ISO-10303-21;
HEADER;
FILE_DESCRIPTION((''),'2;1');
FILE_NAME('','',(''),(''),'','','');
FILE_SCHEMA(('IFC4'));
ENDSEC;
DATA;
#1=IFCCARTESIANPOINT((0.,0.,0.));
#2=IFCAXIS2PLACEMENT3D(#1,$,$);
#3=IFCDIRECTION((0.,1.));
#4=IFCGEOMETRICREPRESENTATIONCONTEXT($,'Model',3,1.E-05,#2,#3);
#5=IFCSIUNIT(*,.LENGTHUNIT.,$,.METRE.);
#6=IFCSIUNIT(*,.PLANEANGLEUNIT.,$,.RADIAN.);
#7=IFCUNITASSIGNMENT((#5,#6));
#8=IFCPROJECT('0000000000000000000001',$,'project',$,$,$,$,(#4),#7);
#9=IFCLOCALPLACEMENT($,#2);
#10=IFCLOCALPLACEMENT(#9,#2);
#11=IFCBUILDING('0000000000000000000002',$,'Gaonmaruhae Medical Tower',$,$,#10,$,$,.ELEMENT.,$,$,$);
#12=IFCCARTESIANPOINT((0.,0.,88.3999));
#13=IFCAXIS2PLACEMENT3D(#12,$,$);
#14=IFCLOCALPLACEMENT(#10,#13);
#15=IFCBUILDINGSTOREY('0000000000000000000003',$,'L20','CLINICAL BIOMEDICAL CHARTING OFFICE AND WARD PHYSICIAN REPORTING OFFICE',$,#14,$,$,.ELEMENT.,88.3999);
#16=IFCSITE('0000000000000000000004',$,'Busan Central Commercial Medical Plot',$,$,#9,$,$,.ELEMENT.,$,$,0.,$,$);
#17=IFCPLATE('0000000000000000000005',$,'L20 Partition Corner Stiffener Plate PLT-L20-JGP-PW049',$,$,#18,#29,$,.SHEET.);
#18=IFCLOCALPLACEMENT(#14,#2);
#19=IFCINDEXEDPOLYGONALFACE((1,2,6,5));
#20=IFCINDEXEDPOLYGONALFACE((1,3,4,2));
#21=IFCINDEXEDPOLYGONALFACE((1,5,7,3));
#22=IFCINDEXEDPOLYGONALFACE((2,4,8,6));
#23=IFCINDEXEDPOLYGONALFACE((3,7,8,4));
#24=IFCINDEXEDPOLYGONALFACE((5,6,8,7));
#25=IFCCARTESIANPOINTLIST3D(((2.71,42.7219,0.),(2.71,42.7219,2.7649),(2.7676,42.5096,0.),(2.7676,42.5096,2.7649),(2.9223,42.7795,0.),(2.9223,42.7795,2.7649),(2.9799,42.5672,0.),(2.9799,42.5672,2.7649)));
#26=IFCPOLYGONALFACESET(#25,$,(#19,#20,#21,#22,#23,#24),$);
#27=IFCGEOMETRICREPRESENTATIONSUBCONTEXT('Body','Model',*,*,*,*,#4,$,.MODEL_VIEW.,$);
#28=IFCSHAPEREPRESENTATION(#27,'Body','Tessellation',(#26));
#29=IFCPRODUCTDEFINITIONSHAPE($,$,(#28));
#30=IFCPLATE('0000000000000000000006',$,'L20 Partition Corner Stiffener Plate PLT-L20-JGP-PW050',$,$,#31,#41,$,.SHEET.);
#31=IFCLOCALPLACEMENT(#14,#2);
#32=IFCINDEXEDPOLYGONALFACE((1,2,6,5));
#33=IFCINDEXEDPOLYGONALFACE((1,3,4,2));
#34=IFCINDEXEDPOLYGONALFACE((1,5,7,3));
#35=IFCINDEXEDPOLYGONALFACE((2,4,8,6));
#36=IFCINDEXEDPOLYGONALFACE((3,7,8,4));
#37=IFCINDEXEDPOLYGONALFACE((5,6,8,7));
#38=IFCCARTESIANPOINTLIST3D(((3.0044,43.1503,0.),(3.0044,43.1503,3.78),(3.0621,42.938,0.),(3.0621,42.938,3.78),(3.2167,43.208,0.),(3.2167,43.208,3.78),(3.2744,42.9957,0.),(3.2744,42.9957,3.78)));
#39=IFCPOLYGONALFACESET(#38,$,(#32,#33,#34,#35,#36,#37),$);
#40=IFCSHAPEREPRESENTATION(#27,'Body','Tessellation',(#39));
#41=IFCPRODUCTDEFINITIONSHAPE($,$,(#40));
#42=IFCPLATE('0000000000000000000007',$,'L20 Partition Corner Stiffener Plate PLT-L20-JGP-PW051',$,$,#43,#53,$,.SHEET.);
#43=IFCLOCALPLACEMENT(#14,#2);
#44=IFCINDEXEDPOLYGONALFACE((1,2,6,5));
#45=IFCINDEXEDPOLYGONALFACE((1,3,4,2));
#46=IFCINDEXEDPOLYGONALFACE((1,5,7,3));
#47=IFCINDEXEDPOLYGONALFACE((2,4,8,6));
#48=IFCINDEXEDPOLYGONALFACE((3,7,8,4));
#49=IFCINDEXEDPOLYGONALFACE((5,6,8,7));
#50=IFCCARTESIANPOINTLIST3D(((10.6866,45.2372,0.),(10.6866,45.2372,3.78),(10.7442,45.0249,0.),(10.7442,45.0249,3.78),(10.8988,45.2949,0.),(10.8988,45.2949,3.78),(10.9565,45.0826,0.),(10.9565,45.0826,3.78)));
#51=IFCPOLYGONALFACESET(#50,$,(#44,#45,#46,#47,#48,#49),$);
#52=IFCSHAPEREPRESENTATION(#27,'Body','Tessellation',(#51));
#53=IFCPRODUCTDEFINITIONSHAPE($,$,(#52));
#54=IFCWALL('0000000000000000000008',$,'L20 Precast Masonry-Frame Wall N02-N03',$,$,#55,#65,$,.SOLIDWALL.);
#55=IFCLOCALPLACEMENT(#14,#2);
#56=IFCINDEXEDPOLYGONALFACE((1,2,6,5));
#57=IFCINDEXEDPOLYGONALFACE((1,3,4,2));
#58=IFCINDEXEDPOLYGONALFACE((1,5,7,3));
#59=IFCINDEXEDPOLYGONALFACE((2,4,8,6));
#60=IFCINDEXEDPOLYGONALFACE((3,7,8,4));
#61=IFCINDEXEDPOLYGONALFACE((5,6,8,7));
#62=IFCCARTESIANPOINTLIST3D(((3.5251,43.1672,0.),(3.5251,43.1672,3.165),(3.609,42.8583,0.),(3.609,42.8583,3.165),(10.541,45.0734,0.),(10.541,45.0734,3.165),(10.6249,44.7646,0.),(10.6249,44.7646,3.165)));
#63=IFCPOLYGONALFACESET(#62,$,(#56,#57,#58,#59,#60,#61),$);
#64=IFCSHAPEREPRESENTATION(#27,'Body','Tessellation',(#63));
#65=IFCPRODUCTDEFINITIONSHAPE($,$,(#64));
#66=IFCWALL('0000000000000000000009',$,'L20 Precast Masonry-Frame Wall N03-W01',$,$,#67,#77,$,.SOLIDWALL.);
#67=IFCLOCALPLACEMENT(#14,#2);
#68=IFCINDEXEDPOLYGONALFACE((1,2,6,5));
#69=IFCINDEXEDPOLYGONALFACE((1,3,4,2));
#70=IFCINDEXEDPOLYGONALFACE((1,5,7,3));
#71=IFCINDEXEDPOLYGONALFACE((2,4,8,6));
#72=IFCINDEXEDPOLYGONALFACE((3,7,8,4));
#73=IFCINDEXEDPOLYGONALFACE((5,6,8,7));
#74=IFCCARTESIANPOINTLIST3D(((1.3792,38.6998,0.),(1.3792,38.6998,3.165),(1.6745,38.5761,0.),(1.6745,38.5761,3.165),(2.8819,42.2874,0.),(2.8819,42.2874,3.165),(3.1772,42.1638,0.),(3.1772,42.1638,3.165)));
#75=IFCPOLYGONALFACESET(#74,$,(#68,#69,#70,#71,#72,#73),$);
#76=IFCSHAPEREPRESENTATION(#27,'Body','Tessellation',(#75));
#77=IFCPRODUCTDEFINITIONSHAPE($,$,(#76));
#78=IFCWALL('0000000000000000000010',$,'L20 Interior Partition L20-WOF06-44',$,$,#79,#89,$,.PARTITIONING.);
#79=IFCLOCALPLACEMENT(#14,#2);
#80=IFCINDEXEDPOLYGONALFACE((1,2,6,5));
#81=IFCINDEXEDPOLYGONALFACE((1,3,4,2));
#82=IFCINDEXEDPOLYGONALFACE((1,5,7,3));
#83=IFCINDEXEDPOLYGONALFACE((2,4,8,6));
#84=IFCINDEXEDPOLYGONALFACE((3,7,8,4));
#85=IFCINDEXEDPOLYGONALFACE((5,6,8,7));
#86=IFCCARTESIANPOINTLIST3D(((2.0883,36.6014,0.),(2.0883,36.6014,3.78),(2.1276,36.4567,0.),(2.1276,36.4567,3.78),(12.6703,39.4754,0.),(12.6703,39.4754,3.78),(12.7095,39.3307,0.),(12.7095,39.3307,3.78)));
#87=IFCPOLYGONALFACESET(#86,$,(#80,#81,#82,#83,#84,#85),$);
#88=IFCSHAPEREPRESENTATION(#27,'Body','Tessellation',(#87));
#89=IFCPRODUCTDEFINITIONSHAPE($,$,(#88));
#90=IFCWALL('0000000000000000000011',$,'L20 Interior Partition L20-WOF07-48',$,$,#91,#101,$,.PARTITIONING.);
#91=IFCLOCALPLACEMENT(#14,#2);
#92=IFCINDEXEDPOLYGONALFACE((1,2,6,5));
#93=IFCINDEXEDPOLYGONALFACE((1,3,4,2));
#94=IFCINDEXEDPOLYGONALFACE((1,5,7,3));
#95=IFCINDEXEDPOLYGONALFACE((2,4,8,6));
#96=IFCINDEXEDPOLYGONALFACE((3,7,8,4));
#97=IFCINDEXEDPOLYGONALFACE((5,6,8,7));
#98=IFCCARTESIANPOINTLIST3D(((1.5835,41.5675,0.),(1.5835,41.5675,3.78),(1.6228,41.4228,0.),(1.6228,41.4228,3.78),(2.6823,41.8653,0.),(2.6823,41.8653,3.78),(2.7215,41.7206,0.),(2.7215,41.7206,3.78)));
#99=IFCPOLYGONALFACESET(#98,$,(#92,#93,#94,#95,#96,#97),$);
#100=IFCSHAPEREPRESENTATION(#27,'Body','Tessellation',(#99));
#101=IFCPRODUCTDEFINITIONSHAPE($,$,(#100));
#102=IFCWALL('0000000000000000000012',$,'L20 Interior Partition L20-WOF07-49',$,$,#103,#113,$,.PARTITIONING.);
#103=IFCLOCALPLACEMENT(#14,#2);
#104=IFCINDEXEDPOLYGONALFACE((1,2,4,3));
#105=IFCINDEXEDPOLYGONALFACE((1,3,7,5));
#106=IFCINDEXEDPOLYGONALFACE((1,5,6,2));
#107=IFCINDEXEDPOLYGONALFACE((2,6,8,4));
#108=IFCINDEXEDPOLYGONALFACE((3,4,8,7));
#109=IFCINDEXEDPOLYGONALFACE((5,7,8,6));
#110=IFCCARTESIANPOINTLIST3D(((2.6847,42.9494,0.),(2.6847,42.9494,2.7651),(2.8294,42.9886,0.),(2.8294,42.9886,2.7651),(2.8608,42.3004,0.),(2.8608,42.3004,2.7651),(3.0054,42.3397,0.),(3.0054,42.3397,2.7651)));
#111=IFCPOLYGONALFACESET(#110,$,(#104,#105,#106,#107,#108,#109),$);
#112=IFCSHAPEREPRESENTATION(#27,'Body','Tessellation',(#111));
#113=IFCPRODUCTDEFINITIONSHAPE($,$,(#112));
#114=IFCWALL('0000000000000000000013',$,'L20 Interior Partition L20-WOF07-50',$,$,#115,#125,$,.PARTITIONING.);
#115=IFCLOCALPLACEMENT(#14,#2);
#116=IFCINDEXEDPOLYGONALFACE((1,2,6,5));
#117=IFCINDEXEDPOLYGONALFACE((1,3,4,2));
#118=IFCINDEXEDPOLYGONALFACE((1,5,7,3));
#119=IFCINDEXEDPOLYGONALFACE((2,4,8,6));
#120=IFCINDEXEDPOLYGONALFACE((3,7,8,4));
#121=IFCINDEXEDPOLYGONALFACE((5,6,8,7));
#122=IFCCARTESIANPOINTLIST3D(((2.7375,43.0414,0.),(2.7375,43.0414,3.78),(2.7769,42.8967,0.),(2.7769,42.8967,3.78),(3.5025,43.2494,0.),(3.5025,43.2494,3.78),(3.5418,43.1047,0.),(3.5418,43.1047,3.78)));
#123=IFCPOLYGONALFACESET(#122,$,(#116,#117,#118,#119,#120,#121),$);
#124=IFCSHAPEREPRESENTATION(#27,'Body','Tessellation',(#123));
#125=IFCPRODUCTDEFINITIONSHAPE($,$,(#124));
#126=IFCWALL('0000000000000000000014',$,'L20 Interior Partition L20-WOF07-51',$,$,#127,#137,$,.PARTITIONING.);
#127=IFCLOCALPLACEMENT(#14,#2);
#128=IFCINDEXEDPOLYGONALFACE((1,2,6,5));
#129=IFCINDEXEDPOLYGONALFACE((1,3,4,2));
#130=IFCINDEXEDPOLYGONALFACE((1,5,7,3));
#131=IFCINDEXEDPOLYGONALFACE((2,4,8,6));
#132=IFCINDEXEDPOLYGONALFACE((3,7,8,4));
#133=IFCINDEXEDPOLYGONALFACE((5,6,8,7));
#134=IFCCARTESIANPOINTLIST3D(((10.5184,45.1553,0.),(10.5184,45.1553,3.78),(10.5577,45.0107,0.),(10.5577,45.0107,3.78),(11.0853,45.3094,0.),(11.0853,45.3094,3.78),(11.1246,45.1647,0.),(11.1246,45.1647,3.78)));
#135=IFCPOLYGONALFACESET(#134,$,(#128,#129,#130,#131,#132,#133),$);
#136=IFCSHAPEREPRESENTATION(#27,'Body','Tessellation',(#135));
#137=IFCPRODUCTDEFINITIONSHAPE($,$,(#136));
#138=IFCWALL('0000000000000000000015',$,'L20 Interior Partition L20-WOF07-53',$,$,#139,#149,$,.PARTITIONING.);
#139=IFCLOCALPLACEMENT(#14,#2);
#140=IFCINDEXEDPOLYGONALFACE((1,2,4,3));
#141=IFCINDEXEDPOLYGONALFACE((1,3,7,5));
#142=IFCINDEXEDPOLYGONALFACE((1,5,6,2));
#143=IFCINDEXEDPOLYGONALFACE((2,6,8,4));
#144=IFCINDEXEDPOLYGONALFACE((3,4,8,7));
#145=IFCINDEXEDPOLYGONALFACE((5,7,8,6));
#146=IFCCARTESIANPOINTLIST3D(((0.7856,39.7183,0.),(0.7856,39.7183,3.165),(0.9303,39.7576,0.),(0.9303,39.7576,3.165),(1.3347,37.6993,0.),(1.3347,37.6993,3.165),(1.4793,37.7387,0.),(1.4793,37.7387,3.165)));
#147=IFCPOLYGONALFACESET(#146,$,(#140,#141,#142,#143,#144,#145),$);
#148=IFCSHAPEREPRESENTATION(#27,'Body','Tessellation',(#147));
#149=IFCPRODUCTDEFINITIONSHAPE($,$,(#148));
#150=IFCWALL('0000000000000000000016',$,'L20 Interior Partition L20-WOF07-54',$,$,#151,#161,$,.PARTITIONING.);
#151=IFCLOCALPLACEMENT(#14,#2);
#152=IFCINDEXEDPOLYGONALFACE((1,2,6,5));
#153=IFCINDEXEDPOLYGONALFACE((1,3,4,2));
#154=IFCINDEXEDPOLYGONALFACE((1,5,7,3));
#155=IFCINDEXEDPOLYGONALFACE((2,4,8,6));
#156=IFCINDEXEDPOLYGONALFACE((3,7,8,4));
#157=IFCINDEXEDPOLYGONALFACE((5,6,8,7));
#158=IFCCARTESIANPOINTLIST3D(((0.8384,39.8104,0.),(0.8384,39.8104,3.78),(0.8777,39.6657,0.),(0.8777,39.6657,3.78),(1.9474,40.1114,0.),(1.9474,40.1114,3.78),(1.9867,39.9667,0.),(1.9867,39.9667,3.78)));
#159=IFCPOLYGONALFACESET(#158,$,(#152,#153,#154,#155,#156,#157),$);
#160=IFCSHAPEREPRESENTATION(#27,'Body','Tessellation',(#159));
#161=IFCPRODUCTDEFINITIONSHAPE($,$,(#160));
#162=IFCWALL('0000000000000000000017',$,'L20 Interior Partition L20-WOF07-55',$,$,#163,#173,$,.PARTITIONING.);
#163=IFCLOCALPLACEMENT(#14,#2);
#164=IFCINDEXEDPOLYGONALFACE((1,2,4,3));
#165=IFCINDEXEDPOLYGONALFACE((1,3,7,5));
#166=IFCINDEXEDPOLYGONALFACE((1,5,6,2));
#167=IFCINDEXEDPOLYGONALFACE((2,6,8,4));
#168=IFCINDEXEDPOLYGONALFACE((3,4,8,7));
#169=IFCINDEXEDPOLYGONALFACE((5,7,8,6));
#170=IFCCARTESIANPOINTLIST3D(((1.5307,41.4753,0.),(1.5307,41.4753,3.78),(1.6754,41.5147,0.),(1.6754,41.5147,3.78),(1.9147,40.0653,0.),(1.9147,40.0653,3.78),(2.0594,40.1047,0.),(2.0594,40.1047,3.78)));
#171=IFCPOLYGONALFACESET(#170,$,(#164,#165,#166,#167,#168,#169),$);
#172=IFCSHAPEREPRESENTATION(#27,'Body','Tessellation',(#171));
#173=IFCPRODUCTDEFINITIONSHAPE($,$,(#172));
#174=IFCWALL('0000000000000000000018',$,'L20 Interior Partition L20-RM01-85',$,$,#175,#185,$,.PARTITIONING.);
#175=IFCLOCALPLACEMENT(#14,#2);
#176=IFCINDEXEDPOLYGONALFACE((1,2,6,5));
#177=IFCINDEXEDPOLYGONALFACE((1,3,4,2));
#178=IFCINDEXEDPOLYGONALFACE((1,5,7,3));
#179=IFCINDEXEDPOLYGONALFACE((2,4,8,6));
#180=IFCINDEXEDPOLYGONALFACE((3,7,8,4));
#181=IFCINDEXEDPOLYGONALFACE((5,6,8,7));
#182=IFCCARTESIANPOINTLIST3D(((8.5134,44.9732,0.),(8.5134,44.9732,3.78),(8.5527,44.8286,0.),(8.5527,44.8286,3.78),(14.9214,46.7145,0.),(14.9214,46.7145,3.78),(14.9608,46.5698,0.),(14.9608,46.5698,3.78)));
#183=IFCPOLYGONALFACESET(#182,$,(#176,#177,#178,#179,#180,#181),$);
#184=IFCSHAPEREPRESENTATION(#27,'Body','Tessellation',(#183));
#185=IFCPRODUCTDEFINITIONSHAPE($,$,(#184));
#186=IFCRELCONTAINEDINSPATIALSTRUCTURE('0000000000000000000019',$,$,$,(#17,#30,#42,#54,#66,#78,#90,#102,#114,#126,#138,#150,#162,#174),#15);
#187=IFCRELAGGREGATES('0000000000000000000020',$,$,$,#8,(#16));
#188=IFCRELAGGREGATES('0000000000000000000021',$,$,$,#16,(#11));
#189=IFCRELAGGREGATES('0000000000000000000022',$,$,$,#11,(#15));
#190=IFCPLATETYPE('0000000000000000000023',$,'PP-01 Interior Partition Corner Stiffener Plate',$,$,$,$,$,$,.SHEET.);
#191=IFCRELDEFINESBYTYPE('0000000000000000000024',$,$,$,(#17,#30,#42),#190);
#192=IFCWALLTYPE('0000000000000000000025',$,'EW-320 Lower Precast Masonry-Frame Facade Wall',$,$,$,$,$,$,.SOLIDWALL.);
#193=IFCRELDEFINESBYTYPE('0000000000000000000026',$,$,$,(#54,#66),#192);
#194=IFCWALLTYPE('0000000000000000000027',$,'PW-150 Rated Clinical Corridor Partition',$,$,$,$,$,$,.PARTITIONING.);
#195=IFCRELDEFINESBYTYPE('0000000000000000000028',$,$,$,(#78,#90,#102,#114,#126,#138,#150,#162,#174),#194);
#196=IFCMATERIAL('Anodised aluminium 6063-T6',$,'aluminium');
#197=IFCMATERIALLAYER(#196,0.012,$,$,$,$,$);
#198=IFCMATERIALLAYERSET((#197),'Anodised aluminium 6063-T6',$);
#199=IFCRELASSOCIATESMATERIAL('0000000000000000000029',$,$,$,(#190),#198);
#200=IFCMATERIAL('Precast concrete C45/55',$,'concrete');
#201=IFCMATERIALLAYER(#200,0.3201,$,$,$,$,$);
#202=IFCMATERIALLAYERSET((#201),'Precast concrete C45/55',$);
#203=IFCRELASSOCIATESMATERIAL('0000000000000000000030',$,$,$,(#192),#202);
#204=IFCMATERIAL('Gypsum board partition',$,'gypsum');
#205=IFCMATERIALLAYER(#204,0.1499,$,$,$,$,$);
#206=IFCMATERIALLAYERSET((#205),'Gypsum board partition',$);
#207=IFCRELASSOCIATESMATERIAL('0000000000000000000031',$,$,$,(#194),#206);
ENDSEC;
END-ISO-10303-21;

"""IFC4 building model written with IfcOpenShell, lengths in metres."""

from ifc_helpers import new_model, si_unit, direction, frame, frame_2d, origin, origin_2d, place, context, subcontext, project, spatial, rectangle, extrude, material, layer, layer_set, type_object, element, save


model = new_model("IFC4")

# Units and contexts
model_context = context("Model", 3, precision=1e-05, world=origin(), true_north=direction((0.0, 1.0)))
body_context = subcontext(model_context, "Body", "Model", "MODEL_VIEW")
ifc_project = project(units=[si_unit("LENGTHUNIT", "METRE"), si_unit("PLANEANGLEUNIT", "RADIAN")], contexts=[model_context])

# Site, building, storey
site_placement = place(None, origin())
site = spatial("IfcSite", under=ifc_project, at=site_placement, Name="Busan Central Commercial Medical Plot", CompositionType="ELEMENT", RefElevation=0.0)
building_placement = place(site_placement, origin())
building = spatial("IfcBuilding", under=site, at=building_placement, Name="Gaonmaruhae Medical Tower", CompositionType="ELEMENT")
storey_placement = place(building_placement, frame((0.0, 0.0, 88.3999)))
storey = spatial("IfcBuildingStorey", under=building, at=storey_placement, Name="L20", Description="CLINICAL BIOMEDICAL CHARTING OFFICE AND WARD PHYSICIAN REPORTING OFFICE", CompositionType="ELEMENT", Elevation=88.3999)

# Plates
ifc_material_1 = material(Name="Anodised aluminium 6063-T6", Category="aluminium")
ifc_layer_1 = layer(ifc_material_1, 0.012)
ifc_layer_set_1 = layer_set([ifc_layer_1], Name="Anodised aluminium 6063-T6")
plate_type_1 = type_object("IfcPlateType", Name="PP-01 Interior Partition Corner Stiffener Plate", PredefinedType="SHEET", material=ifc_layer_set_1)
plate_1_placement = place(storey_placement, frame((2.845, 42.6445, 0.0), z_axis=(0.0, 0.0, 1.0), x_axis=(-0.261734, 0.96514, 0.0)))
element("IfcPlate", 1, at=plate_1_placement, inside=storey, type_object=plate_type_1, Name="L20 Partition Corner Stiffener Plate PLT-L20-JGP-PW049", PredefinedType="SHEET", context=body_context, shape_type="SweptSolid", body=[
    extrude(rectangle(XDim=0.22, YDim=0.22, at=origin_2d()), origin(), (0.0, 0.0, 1.0), 2.7649),
])
for number, where, z_axis, x_axis, name in (
    (2, (3.1394, 43.073, 0.0), (0.0, 0.0, 1.0), (0.964966, 0.262374, 0.0), "L20 Partition Corner Stiffener Plate PLT-L20-JGP-PW050"),
    (3, (10.8215, 45.1599, 0.0), (0.0, 0.0, 1.0), (0.965039, 0.262105, 0.0), "L20 Partition Corner Stiffener Plate PLT-L20-JGP-PW051"),
):
    element("IfcPlate", number, at=place(storey_placement, frame(where, z_axis=z_axis, x_axis=x_axis)), inside=storey, type_object=plate_type_1, Name=name, PredefinedType="SHEET", context=body_context, shape_type="SweptSolid", body=[
        extrude(rectangle(XDim=0.22, YDim=0.22, at=origin_2d()), origin(), (0.0, 0.0, 1.0), 3.78),
    ])

# Walls
ifc_material_2 = material(Name="Precast concrete C45/55", Category="concrete")
ifc_layer_2 = layer(ifc_material_2, 0.3201)
ifc_layer_set_2 = layer_set([ifc_layer_2], Name="Precast concrete C45/55")
wall_type_1 = type_object("IfcWallType", Name="EW-320 Lower Precast Masonry-Frame Facade Wall", PredefinedType="SOLIDWALL", material=ifc_layer_set_2)
wall_1_placement = place(storey_placement, frame((3.5669, 43.0127, 0.0), z_axis=(0.0, 0.0, 1.0), x_axis=(0.965014, 0.262199, 0.0)))
element("IfcWall", 4, at=wall_1_placement, inside=storey, type_object=wall_type_1, Name="L20 Precast Masonry-Frame Wall N02-N03", PredefinedType="SOLIDWALL", context=body_context, shape_type="SweptSolid", body=[
    extrude(rectangle(XDim=7.2703, YDim=0.3201, at=frame_2d((3.6353, 0.0))), origin(), (0.0, 0.0, 1.0), 3.165),
])
wall_2_placement = place(storey_placement, frame((1.5269, 38.6379, 0.0), z_axis=(0.0, 0.0, 1.0), x_axis=(0.386331, 0.92236, 0.0)))
element("IfcWall", 5, at=wall_2_placement, inside=storey, type_object=wall_type_1, Name="L20 Precast Masonry-Frame Wall N03-W01", PredefinedType="SOLIDWALL", context=body_context, shape_type="SweptSolid", body=[
    extrude(rectangle(XDim=3.8896, YDim=0.3201, at=frame_2d((1.9448, 0.0))), origin(), (0.0, 0.0, 1.0), 3.165),
])
ifc_material_3 = material(Name="Gypsum board partition", Category="gypsum")
ifc_layer_3 = layer(ifc_material_3, 0.1499)
ifc_layer_set_3 = layer_set([ifc_layer_3], Name="Gypsum board partition")
wall_type_2 = type_object("IfcWallType", Name="PW-150 Rated Clinical Corridor Partition", PredefinedType="PARTITIONING", material=ifc_layer_set_3)
wall_3_placement = place(storey_placement, frame((2.1079, 36.5291, 0.0), z_axis=(0.0, 0.0, 1.0), x_axis=(0.965041, 0.2621, 0.0)))
element("IfcWall", 6, at=wall_3_placement, inside=storey, type_object=wall_type_2, Name="L20 Interior Partition L20-WOF06-44", PredefinedType="PARTITIONING", context=body_context, shape_type="SweptSolid", body=[
    extrude(rectangle(XDim=10.9653, YDim=0.1499, at=frame_2d((5.4827, 0.0))), origin(), (0.0, 0.0, 1.0), 3.78),
])
wall_4_placement = place(storey_placement, frame((1.603, 41.4951, 0.0), z_axis=(0.0, 0.0, 1.0), x_axis=(0.965173, 0.261611, 0.0)))
element("IfcWall", 7, at=wall_4_placement, inside=storey, type_object=wall_type_2, Name="L20 Interior Partition L20-WOF07-48", PredefinedType="PARTITIONING", context=body_context, shape_type="SweptSolid", body=[
    extrude(rectangle(XDim=1.1384, YDim=0.1499, at=frame_2d((0.5693, 0.0))), origin(), (0.0, 0.0, 1.0), 3.78),
])
wall_5_placement = place(storey_placement, frame((2.9331, 42.3201, 0.0), z_axis=(0.0, 0.0, 1.0), x_axis=(-0.261796, 0.965123, 0.0)))
element("IfcWall", 8, at=wall_5_placement, inside=storey, type_object=wall_type_2, Name="L20 Interior Partition L20-WOF07-49", PredefinedType="PARTITIONING", context=body_context, shape_type="SweptSolid", body=[
    extrude(rectangle(XDim=0.6724, YDim=0.1499, at=frame_2d((0.3362, 0.0))), origin(), (0.0, 0.0, 1.0), 2.7651),
])
wall_6_placement = place(storey_placement, frame((2.7571, 42.969, 0.0), z_axis=(0.0, 0.0, 1.0), x_axis=(0.964955, 0.262414, 0.0)))
element("IfcWall", 9, at=wall_6_placement, inside=storey, type_object=wall_type_2, Name="L20 Interior Partition L20-WOF07-50", PredefinedType="PARTITIONING", context=body_context, shape_type="SweptSolid", body=[
    extrude(rectangle(XDim=0.7927, YDim=0.1499, at=frame_2d((0.3965, 0.0))), origin(), (0.0, 0.0, 1.0), 3.78),
])
wall_7_placement = place(storey_placement, frame((10.5381, 45.083, 0.0), z_axis=(0.0, 0.0, 1.0), x_axis=(0.965003, 0.262238, 0.0)))
element("IfcWall", 10, at=wall_7_placement, inside=storey, type_object=wall_type_2, Name="L20 Interior Partition L20-WOF07-51", PredefinedType="PARTITIONING", context=body_context, shape_type="SweptSolid", body=[
    extrude(rectangle(XDim=0.5874, YDim=0.1499, at=frame_2d((0.2937, 0.0))), origin(), (0.0, 0.0, 1.0), 3.78),
])

# Walls
wall_8_placement = place(storey_placement, frame((1.407, 37.719, 0.0), z_axis=(0.0, 0.0, 1.0), x_axis=(-0.262416, 0.964955, 0.0)))
element("IfcWall", 11, at=wall_8_placement, inside=storey, type_object=wall_type_2, Name="L20 Interior Partition L20-WOF07-53", PredefinedType="PARTITIONING", context=body_context, shape_type="SweptSolid", body=[
    extrude(rectangle(XDim=2.0923, YDim=0.1499, at=frame_2d((1.0461, 0.0))), origin(), (0.0, 0.0, 1.0), 3.165),
])
wall_9_placement = place(storey_placement, frame((0.8579, 39.738, 0.0), z_axis=(0.0, 0.0, 1.0), x_axis=(0.965087, 0.261931, 0.0)))
element("IfcWall", 12, at=wall_9_placement, inside=storey, type_object=wall_type_2, Name="L20 Interior Partition L20-WOF07-54", PredefinedType="PARTITIONING", context=body_context, shape_type="SweptSolid", body=[
    extrude(rectangle(XDim=1.1492, YDim=0.1499, at=frame_2d((0.5747, 0.0))), origin(), (0.0, 0.0, 1.0), 3.78),
])
wall_10_placement = place(storey_placement, frame((1.9871, 40.085, 0.0), z_axis=(0.0, 0.0, 1.0), x_axis=(-0.262764, 0.96486, 0.0)))
element("IfcWall", 13, at=wall_10_placement, inside=storey, type_object=wall_type_2, Name="L20 Interior Partition L20-WOF07-55", PredefinedType="PARTITIONING", context=body_context, shape_type="SweptSolid", body=[
    extrude(rectangle(XDim=1.4614, YDim=0.1499, at=frame_2d((0.7307, 0.0))), origin(), (0.0, 0.0, 1.0), 3.78),
])
wall_11_placement = place(storey_placement, frame((8.533, 44.9009, 0.0), z_axis=(0.0, 0.0, 1.0), x_axis=(0.965009, 0.262218, 0.0)))
element("IfcWall", 14, at=wall_11_placement, inside=storey, type_object=wall_type_2, Name="L20 Interior Partition L20-RM01-85", PredefinedType="PARTITIONING", context=body_context, shape_type="SweptSolid", body=[
    extrude(rectangle(XDim=6.6404, YDim=0.1499, at=frame_2d((3.3203, 0.0))), origin(), (0.0, 0.0, 1.0), 3.78),
])

save(model, "model.ifc")
